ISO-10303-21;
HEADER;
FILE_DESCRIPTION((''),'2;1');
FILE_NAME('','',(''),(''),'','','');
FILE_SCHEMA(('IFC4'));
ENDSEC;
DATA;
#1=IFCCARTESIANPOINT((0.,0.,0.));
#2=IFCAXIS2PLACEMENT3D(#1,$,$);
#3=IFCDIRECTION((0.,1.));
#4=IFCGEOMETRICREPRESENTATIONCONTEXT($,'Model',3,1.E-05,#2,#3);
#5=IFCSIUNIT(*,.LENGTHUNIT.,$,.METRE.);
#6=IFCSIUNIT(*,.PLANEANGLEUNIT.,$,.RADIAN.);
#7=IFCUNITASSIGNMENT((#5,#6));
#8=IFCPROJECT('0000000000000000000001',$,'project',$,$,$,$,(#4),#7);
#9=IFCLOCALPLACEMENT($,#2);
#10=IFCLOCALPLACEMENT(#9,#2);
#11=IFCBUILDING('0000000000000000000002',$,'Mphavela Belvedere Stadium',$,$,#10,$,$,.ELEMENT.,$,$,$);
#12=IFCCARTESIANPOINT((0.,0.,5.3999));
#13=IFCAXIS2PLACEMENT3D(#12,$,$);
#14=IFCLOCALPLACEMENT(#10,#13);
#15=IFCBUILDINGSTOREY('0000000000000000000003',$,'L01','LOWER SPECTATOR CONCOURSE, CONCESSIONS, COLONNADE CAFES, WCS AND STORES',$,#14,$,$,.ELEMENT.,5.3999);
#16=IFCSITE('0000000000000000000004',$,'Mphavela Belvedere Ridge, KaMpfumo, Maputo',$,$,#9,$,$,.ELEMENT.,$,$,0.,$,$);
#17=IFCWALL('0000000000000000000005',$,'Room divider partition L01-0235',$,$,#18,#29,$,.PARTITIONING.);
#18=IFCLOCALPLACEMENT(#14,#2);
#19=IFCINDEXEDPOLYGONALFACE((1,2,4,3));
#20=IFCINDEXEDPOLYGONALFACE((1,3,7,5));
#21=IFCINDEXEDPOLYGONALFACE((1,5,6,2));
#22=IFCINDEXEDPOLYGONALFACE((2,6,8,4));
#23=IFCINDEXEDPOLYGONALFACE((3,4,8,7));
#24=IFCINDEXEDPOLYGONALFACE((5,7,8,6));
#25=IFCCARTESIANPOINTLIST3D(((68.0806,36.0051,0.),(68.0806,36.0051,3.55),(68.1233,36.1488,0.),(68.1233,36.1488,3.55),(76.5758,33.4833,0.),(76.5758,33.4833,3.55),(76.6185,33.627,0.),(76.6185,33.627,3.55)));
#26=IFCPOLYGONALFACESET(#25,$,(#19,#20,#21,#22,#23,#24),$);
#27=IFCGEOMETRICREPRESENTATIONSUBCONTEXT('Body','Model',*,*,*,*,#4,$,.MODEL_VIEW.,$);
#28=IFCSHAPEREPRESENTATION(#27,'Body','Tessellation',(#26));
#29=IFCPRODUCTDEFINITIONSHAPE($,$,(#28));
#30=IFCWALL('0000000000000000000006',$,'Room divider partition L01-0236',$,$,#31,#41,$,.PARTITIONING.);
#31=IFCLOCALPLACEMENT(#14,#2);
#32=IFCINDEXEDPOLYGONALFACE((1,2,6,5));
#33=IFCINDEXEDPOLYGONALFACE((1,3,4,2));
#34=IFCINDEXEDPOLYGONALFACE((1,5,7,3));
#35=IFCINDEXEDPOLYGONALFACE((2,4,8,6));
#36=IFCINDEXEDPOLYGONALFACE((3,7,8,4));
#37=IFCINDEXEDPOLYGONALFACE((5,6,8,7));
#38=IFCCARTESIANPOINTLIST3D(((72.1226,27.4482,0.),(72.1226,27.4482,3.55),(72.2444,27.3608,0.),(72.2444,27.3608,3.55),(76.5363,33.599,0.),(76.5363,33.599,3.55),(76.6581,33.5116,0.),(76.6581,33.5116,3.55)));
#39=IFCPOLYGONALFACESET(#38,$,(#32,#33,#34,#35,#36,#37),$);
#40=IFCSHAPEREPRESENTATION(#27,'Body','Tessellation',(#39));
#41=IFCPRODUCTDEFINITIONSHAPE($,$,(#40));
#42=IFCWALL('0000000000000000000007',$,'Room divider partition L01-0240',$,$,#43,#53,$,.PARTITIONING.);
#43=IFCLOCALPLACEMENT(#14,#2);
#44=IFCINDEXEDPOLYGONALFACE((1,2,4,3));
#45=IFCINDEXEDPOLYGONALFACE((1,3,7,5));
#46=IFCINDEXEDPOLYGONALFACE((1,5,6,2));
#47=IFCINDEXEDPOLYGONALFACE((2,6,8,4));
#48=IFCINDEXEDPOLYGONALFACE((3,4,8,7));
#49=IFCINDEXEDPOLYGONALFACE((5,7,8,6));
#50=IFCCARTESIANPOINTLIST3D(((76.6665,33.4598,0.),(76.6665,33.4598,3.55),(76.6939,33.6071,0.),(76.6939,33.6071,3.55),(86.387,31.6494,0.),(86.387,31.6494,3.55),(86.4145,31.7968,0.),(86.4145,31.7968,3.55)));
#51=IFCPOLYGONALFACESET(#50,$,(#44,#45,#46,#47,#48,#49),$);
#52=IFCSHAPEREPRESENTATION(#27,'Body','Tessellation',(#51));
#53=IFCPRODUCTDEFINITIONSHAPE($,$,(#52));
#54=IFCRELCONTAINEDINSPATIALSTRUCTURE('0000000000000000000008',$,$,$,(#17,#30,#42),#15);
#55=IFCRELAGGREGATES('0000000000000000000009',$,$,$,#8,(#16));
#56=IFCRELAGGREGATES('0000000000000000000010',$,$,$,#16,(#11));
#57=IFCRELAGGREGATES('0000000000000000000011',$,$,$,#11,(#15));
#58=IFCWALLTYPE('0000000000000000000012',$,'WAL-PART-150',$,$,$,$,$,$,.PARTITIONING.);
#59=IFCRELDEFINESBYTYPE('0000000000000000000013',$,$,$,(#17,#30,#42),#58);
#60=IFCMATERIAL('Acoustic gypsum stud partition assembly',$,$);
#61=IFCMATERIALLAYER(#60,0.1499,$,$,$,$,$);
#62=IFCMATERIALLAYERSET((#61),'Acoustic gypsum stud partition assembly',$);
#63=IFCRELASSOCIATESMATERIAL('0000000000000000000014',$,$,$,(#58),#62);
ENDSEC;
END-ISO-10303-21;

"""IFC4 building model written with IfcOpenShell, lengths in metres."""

from ifc_helpers import new_model, si_unit, direction, frame, frame_2d, origin, place, context, subcontext, project, spatial, rectangle, extrude, material, layer, layer_set, type_object, element, save


model = new_model("IFC4")

# Units and contexts
model_context = context("Model", 3, precision=1e-05, world=origin(), true_north=direction((0.0, 1.0)))
body_context = subcontext(model_context, "Body", "Model", "MODEL_VIEW")
ifc_project = project(units=[si_unit("LENGTHUNIT", "METRE"), si_unit("PLANEANGLEUNIT", "RADIAN")], contexts=[model_context])

# Site, building, storey
site_placement = place(None, origin())
site = spatial("IfcSite", under=ifc_project, at=site_placement, Name="Mphavela Belvedere Ridge, KaMpfumo, Maputo", CompositionType="ELEMENT", RefElevation=0.0)
building_placement = place(site_placement, origin())
building = spatial("IfcBuilding", under=site, at=building_placement, Name="Mphavela Belvedere Stadium", CompositionType="ELEMENT")
storey_placement = place(building_placement, frame((0.0, 0.0, 5.3999)))
storey = spatial("IfcBuildingStorey", under=building, at=storey_placement, Name="L01", Description="LOWER SPECTATOR CONCOURSE, CONCESSIONS, COLONNADE CAFES, WCS AND STORES", CompositionType="ELEMENT", Elevation=5.3999)

# Walls
ifc_material_1 = material(Name="Acoustic gypsum stud partition assembly")
ifc_layer_1 = layer(ifc_material_1, 0.1499)
ifc_layer_set_1 = layer_set([ifc_layer_1], Name="Acoustic gypsum stud partition assembly")
wall_type = type_object("IfcWallType", Name="WAL-PART-150", PredefinedType="PARTITIONING", material=ifc_layer_set_1)
wall_1_placement = place(storey_placement, frame((68.1021, 36.0769, 0.0), z_axis=(0.0, 0.0, 1.0), x_axis=(0.958655, -0.284571, 0.0)))
element("IfcWall", 1, at=wall_1_placement, inside=storey, type_object=wall_type, Name="Room divider partition L01-0235", PredefinedType="PARTITIONING", context=body_context, shape_type="SweptSolid", body=[
    extrude(rectangle(XDim=8.8616, YDim=0.1499, at=frame_2d((4.4307, 0.0))), origin(), (0.0, 0.0, 1.0), 3.55),
])
wall_2_placement = place(storey_placement, frame((76.5972, 33.5552, 0.0), z_axis=(0.0, 0.0, 1.0), x_axis=(-0.583015, -0.812461, 0.0)))
element("IfcWall", 2, at=wall_2_placement, inside=storey, type_object=wall_type, Name="Room divider partition L01-0236", PredefinedType="PARTITIONING", context=body_context, shape_type="SweptSolid", body=[
    extrude(rectangle(XDim=7.5706, YDim=0.1499, at=frame_2d((3.7852, 0.0))), origin(), (0.0, 0.0, 1.0), 3.55),
])
wall_3_placement = place(storey_placement, frame((76.6802, 33.5334, 0.0), z_axis=(0.0, 0.0, 1.0), x_axis=(0.983096, -0.183088, 0.0)))
element("IfcWall", 3, at=wall_3_placement, inside=storey, type_object=wall_type, Name="Room divider partition L01-0240", PredefinedType="PARTITIONING", context=body_context, shape_type="SweptSolid", body=[
    extrude(rectangle(XDim=9.8877, YDim=0.1499, at=frame_2d((4.9438, 0.0))), origin(), (0.0, 0.0, 1.0), 3.55),
])

save(model, "model.ifc")
